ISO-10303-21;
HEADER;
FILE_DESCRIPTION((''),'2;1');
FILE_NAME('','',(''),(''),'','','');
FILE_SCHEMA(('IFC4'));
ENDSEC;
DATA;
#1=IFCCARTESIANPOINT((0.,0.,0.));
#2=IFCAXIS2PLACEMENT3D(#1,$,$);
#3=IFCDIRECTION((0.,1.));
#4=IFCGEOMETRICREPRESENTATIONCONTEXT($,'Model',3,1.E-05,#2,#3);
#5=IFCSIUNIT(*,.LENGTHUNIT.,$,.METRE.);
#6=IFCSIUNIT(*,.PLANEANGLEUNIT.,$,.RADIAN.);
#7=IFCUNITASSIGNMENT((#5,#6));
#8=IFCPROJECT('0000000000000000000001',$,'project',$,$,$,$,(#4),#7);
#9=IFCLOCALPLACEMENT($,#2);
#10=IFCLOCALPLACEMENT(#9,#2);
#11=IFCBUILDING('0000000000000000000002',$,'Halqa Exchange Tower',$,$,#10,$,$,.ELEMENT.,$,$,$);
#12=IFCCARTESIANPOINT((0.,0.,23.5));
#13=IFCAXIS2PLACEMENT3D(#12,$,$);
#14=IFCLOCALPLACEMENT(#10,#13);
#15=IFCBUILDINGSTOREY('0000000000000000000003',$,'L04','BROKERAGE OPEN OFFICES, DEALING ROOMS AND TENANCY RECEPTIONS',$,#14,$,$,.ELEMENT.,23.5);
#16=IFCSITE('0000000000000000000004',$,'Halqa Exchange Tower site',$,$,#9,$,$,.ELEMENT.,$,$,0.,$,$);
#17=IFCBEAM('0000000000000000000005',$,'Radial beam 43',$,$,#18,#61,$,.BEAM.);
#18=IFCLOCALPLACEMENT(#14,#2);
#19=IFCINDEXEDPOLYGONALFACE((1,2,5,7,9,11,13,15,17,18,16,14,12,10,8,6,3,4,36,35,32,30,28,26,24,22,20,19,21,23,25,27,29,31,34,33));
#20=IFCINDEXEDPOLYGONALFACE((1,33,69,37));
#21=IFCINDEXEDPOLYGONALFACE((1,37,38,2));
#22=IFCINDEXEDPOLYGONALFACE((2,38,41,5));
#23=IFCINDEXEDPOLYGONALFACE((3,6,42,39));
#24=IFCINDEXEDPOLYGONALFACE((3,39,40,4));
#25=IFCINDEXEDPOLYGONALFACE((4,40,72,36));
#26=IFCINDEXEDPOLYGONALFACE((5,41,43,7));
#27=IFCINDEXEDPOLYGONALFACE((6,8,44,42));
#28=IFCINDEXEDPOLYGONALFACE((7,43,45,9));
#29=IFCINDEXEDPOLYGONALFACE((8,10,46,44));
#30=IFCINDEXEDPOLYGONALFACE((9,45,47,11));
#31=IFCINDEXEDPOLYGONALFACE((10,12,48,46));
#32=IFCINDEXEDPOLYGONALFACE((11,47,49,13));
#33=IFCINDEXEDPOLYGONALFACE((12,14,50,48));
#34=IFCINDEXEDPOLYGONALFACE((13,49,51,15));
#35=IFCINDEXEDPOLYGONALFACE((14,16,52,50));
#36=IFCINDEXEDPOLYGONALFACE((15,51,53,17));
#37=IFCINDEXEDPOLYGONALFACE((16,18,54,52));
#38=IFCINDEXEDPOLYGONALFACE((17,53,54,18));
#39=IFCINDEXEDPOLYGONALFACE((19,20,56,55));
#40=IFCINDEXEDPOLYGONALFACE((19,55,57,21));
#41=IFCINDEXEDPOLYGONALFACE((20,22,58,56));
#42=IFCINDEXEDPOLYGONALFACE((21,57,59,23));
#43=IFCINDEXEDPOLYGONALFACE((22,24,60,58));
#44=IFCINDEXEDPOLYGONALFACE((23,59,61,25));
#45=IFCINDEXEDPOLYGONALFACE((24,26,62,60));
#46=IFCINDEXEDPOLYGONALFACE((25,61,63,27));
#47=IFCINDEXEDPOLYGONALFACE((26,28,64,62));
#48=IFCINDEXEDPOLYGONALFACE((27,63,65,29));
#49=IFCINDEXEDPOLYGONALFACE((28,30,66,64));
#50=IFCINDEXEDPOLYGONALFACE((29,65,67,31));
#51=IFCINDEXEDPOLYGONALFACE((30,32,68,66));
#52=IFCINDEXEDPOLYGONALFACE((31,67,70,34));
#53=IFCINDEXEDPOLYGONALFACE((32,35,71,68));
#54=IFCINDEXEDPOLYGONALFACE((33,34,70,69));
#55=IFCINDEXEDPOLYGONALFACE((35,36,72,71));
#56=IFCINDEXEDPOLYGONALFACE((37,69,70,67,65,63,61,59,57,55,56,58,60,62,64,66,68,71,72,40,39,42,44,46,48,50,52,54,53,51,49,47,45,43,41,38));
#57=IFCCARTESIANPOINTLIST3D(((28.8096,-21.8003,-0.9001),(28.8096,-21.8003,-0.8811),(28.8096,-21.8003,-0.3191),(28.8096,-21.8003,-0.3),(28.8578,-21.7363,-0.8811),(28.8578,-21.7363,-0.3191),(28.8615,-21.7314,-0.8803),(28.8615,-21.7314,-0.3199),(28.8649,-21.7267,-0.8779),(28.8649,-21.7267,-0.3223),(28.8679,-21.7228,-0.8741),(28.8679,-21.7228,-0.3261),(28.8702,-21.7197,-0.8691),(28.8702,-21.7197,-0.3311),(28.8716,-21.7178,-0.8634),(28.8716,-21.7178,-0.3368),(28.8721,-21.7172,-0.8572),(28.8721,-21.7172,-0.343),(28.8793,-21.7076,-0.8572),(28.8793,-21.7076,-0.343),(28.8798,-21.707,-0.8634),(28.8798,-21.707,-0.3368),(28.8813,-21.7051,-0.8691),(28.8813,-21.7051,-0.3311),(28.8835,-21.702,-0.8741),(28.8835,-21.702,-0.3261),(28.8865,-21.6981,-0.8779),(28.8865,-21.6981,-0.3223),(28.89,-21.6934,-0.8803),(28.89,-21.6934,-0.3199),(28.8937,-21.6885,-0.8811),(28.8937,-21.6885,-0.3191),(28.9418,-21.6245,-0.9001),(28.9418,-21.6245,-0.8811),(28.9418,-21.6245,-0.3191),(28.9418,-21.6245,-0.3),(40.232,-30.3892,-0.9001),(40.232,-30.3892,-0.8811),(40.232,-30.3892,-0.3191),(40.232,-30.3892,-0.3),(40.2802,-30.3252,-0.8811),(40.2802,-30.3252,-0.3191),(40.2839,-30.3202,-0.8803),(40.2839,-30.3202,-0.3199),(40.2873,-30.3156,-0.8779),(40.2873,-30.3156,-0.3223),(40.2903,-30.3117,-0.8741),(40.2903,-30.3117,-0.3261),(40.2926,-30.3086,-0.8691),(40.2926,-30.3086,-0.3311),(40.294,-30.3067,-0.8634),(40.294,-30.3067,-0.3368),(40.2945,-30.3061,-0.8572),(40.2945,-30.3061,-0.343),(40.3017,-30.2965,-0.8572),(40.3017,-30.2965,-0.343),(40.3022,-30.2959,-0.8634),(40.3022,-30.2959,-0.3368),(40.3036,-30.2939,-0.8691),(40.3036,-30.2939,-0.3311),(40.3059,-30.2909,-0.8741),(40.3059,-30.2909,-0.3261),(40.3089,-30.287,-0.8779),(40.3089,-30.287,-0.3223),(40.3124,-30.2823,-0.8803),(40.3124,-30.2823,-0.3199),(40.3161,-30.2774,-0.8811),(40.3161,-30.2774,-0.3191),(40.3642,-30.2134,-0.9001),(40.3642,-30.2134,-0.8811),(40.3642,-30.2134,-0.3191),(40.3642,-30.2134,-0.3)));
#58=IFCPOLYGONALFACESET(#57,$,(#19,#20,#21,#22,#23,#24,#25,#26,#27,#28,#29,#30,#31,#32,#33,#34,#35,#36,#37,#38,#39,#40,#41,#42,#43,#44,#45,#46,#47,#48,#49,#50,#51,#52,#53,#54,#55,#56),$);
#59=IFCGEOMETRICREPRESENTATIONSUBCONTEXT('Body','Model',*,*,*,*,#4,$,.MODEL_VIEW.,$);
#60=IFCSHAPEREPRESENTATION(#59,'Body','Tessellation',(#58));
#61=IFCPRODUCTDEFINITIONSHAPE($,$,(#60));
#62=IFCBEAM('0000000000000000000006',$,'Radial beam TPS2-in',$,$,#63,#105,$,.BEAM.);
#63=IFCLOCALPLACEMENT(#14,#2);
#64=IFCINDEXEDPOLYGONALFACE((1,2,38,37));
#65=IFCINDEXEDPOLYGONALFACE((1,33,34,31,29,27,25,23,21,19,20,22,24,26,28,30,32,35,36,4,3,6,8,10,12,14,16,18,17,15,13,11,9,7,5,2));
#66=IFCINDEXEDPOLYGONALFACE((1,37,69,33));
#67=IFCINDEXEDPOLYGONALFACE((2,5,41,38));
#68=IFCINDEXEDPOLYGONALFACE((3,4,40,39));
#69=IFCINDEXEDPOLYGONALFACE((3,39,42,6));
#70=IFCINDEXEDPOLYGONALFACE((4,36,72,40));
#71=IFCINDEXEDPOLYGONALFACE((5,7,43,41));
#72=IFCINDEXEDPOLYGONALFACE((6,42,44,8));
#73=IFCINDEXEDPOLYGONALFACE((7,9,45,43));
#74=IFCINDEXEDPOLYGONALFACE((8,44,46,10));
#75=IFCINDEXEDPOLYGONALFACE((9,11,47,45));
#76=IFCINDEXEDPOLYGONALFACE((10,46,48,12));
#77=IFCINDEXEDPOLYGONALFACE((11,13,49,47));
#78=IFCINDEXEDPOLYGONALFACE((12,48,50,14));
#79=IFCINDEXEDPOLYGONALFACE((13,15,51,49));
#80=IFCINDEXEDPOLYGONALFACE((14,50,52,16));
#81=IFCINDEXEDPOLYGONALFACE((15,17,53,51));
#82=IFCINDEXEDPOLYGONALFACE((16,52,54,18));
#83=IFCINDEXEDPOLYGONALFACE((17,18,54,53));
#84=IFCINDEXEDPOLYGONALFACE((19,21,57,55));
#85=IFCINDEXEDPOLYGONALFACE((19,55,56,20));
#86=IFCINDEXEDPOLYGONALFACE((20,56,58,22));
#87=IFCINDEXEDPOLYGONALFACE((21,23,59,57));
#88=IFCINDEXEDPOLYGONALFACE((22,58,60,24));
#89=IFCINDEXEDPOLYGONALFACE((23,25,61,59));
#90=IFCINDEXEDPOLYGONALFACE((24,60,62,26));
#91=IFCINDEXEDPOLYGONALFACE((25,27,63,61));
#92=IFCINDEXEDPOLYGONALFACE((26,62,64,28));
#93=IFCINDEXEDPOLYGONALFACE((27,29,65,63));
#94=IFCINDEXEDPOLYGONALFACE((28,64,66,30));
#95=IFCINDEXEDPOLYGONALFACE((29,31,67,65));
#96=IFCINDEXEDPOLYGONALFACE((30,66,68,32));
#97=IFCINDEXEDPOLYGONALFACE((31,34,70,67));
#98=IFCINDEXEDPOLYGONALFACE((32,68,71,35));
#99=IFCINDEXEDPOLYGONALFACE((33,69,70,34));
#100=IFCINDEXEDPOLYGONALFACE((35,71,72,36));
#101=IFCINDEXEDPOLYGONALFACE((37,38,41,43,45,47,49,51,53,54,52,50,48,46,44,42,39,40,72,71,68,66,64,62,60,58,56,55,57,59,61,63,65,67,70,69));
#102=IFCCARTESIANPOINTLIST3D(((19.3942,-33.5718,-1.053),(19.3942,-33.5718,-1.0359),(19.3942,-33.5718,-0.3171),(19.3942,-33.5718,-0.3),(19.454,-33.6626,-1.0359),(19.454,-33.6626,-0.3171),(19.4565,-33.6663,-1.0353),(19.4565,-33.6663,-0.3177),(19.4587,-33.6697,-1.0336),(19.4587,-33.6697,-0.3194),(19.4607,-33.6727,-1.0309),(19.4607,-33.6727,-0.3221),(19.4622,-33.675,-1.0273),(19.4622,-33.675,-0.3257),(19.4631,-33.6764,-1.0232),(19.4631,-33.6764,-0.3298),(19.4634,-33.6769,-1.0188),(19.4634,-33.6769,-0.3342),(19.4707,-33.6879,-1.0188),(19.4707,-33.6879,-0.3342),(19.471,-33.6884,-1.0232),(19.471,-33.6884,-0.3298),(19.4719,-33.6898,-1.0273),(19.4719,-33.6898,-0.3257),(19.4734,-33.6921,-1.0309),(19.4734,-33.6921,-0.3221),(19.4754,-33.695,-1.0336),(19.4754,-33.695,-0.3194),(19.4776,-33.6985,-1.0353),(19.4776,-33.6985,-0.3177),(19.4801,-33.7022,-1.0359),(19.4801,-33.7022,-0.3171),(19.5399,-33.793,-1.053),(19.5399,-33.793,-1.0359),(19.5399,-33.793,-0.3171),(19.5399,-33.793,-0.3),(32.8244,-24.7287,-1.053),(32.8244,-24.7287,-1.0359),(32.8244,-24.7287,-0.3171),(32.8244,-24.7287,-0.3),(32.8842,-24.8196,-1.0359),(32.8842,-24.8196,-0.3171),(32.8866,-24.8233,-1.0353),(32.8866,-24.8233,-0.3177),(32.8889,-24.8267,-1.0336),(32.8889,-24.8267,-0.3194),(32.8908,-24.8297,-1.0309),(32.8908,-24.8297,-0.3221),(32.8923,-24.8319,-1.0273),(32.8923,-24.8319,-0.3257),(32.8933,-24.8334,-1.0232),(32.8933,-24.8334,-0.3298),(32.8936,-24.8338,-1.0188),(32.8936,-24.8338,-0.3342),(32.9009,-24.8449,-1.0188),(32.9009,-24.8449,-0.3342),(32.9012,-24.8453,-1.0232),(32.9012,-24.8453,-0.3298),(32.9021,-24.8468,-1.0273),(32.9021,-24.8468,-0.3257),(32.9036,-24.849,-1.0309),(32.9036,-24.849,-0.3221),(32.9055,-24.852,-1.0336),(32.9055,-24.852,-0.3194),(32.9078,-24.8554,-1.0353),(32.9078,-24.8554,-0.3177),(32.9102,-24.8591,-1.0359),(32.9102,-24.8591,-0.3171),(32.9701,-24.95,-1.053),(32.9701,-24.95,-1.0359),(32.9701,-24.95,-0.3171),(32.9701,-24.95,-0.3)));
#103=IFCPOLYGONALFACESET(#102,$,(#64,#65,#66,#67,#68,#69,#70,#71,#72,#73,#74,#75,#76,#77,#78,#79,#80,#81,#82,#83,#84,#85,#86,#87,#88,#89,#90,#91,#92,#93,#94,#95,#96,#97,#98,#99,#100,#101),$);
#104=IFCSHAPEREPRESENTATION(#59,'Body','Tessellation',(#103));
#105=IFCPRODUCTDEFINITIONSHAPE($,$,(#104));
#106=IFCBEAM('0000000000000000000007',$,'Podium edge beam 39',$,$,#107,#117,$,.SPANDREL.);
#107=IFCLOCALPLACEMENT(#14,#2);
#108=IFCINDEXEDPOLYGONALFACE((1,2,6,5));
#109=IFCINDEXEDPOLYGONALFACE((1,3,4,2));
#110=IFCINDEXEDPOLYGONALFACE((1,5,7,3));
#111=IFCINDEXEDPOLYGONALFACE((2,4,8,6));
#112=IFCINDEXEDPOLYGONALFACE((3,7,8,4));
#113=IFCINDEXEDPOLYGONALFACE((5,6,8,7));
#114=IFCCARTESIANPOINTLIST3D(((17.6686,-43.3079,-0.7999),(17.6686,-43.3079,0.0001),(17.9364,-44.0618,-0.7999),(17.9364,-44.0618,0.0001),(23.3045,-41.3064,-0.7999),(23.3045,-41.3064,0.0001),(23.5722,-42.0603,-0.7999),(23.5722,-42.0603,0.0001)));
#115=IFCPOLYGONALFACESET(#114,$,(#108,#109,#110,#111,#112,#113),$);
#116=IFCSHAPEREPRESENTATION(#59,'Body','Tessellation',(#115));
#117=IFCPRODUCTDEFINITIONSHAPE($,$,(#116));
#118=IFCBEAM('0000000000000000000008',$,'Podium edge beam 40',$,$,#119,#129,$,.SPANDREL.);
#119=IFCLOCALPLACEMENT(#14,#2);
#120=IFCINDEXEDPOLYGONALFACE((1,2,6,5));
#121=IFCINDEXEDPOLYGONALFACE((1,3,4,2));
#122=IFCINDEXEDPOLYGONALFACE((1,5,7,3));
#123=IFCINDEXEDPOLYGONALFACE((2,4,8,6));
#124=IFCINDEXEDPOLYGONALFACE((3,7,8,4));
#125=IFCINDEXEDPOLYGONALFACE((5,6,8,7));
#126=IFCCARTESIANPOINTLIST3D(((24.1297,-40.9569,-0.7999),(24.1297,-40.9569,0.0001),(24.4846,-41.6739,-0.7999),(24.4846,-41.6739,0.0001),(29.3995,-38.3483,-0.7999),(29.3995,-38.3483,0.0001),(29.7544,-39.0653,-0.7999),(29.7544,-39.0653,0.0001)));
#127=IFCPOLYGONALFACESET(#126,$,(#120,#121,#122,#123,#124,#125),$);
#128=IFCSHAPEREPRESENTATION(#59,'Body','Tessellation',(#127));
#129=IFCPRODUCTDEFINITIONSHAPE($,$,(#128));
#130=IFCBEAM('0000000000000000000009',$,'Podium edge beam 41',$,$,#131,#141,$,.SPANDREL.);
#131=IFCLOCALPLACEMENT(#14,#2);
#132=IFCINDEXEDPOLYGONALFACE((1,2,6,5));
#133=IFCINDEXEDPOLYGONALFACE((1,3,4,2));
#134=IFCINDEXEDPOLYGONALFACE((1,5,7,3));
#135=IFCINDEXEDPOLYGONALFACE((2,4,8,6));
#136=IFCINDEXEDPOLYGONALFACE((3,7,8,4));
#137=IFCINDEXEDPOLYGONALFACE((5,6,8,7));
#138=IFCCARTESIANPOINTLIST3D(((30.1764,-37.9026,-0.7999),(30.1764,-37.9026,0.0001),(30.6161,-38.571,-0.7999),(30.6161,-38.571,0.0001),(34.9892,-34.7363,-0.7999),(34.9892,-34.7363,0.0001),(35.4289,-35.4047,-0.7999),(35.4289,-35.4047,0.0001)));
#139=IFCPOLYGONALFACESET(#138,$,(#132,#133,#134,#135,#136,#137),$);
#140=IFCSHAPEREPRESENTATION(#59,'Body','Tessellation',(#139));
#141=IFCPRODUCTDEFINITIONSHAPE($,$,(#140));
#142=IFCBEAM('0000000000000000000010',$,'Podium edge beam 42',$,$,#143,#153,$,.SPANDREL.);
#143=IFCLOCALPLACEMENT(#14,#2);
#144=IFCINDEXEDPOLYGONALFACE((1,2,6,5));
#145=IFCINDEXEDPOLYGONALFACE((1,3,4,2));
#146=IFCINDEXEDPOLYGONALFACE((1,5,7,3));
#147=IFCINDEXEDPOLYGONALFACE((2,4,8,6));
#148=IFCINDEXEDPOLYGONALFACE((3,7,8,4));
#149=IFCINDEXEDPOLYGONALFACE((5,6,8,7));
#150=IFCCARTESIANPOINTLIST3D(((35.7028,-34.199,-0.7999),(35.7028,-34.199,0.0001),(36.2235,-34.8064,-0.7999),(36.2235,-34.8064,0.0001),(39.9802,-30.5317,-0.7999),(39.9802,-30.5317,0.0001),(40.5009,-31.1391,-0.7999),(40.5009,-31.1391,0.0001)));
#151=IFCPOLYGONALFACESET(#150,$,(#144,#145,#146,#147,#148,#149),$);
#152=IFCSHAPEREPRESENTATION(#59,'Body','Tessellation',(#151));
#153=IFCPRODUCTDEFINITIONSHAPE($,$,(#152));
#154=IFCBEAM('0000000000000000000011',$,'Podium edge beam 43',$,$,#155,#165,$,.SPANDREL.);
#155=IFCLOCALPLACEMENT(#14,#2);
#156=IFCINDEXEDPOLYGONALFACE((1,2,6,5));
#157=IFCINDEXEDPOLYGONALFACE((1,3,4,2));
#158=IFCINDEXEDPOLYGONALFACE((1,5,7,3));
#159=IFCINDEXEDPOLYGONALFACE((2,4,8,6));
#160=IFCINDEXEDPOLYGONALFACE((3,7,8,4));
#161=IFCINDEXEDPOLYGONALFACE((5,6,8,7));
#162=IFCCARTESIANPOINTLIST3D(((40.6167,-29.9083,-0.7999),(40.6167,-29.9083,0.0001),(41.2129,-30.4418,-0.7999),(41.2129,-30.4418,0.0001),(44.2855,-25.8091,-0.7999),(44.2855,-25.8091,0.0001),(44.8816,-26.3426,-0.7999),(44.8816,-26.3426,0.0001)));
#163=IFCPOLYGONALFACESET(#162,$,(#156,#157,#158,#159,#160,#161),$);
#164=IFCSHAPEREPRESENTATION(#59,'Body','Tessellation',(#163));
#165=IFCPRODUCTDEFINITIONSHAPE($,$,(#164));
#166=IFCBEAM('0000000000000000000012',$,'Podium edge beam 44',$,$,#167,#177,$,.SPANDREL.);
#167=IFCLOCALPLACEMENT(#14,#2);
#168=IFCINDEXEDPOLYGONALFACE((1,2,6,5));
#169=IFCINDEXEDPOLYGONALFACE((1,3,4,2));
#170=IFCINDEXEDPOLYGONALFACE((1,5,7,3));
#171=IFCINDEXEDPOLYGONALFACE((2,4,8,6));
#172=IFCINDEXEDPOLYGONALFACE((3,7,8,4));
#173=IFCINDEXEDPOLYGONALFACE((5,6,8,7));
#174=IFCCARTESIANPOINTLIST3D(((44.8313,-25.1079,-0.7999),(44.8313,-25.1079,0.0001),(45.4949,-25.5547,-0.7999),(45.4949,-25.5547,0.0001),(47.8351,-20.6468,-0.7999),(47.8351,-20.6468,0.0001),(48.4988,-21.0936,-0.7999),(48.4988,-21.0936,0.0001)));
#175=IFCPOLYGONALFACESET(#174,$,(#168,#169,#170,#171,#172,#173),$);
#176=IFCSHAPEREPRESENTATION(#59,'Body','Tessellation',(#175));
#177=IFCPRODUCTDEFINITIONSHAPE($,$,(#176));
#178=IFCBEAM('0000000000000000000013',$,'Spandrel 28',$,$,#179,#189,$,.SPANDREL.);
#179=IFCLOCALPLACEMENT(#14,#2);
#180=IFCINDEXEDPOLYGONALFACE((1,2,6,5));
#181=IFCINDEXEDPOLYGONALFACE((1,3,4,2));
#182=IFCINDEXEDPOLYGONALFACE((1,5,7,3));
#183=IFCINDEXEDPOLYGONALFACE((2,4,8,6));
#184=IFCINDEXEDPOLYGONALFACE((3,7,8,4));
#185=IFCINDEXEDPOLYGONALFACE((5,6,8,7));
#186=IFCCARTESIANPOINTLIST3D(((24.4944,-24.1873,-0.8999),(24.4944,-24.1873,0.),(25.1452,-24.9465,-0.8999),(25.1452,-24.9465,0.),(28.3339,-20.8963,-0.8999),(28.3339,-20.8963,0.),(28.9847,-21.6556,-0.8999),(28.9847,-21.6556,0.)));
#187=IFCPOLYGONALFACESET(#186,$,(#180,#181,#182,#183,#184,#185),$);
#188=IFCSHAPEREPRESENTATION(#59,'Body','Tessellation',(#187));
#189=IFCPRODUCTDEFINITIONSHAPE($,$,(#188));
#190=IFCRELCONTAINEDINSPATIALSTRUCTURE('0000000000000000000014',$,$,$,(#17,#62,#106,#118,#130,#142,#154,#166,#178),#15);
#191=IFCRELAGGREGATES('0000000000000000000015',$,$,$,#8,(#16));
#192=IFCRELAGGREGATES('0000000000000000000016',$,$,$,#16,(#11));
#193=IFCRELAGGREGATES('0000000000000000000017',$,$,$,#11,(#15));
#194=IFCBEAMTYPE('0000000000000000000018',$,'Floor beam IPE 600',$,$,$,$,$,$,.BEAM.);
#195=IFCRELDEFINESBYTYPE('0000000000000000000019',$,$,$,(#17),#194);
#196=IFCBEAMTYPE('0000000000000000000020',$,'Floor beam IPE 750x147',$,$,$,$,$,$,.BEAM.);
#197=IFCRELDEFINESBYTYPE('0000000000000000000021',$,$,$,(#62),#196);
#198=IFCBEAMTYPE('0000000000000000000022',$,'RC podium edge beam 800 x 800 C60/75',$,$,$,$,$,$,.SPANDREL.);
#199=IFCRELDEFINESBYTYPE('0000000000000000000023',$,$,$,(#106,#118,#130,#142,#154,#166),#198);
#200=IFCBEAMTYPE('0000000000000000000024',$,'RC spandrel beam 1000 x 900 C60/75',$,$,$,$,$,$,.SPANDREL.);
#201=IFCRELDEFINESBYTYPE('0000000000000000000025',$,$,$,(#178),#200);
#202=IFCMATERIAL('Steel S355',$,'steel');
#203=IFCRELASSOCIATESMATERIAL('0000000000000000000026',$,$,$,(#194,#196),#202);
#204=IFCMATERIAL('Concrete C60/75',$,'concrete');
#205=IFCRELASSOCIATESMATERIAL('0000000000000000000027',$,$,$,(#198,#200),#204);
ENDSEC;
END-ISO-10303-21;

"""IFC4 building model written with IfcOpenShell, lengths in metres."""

from ifc_helpers import new_model, si_unit, direction, frame, origin, origin_2d, place, context, subcontext, project, spatial, rectangle, i_section, extrude, material, material_profile, profile_set, type_object, element, save


model = new_model("IFC4")

# Units and contexts
model_context = context("Model", 3, precision=1e-05, world=origin(), true_north=direction((0.0, 1.0)))
body_context = subcontext(model_context, "Body", "Model", "MODEL_VIEW")
ifc_project = project(units=[si_unit("LENGTHUNIT", "METRE"), si_unit("PLANEANGLEUNIT", "RADIAN")], contexts=[model_context])

# Site, building, storey
site_placement = place(None, origin())
site = spatial("IfcSite", under=ifc_project, at=site_placement, Name="Halqa Exchange Tower site", CompositionType="ELEMENT", RefElevation=0.0)
building_placement = place(site_placement, origin())
building = spatial("IfcBuilding", under=site, at=building_placement, Name="Halqa Exchange Tower", CompositionType="ELEMENT")
storey_placement = place(building_placement, frame((0.0, 0.0, 23.5)))
storey = spatial("IfcBuildingStorey", under=building, at=storey_placement, Name="L04", Description="BROKERAGE OPEN OFFICES, DEALING ROOMS AND TENANCY RECEPTIONS", CompositionType="ELEMENT", Elevation=23.5)

# Beams
ifc_material_1 = material(Name="Steel S355", Category="steel")
ifc_material_profile_1 = material_profile(ifc_material_1, i_section(OverallWidth=0.22, OverallDepth=0.6001, WebThickness=0.012, FlangeThickness=0.019, FilletRadius=0.0239, at=origin_2d()), Name="IPE 600")
ifc_profile_set_1 = profile_set([ifc_material_profile_1], Name="Steel S355")
beam_type_1 = type_object("IfcBeamType", Name="Floor beam IPE 600", PredefinedType="BEAM", material=ifc_profile_set_1)
beam_1_placement = place(storey_placement, frame((28.8757, -21.7124, -0.6001), z_axis=(0.799257, -0.600989, 0.0), x_axis=(0.600989, 0.799257, 0.0)))
element("IfcBeam", 1, at=beam_1_placement, inside=storey, type_object=beam_type_1, Name="Radial beam 43", PredefinedType="BEAM", context=body_context, shape_type="SweptSolid", body=[
    extrude(i_section(OverallWidth=0.22, OverallDepth=0.6001, WebThickness=0.012, FlangeThickness=0.019, FilletRadius=0.0239, at=origin_2d()), origin(), (0.0, 0.0, 1.0), 14.2913),
])
ifc_material_profile_2 = material_profile(ifc_material_1, i_section(OverallWidth=0.2649, OverallDepth=0.7529, WebThickness=0.0132, FlangeThickness=0.0171, FilletRadius=0.0171, at=origin_2d()), Name="IPE 750x147")
ifc_profile_set_2 = profile_set([ifc_material_profile_2], Name="Steel S355")
beam_type_2 = type_object("IfcBeamType", Name="Floor beam IPE 750x147", PredefinedType="BEAM", material=ifc_profile_set_2)
beam_2_placement = place(storey_placement, frame((19.467, -33.6824, -0.6765), z_axis=(0.835206, 0.549937, 0.0), x_axis=(-0.549937, 0.835206, 0.0)))
element("IfcBeam", 2, at=beam_2_placement, inside=storey, type_object=beam_type_2, Name="Radial beam TPS2-in", PredefinedType="BEAM", context=body_context, shape_type="SweptSolid", body=[
    extrude(i_section(OverallWidth=0.2649, OverallDepth=0.7529, WebThickness=0.0132, FlangeThickness=0.0171, FilletRadius=0.0171, at=origin_2d()), origin(), (0.0, 0.0, 1.0), 16.0801),
])
ifc_material_2 = material(Name="Concrete C60/75", Category="concrete")
ifc_material_profile_3 = material_profile(ifc_material_2, rectangle(XDim=0.8, YDim=0.8, at=origin_2d()), Name="800 x 800")
ifc_profile_set_3 = profile_set([ifc_material_profile_3], Name="Concrete C60/75")
beam_type_3 = type_object("IfcBeamType", Name="RC podium edge beam 800 x 800 C60/75", PredefinedType="SPANDREL", material=ifc_profile_set_3)
beam_3_placement = place(storey_placement, frame((17.8025, -43.6848, -0.3999), z_axis=(0.942343, 0.334647, 0.0), x_axis=(-0.334647, 0.942343, 0.0)))
element("IfcBeam", 3, at=beam_3_placement, inside=storey, type_object=beam_type_3, Name="Podium edge beam 39", PredefinedType="SPANDREL", context=body_context, shape_type="SweptSolid", body=[
    extrude(rectangle(XDim=0.8, YDim=0.8, at=origin_2d()), origin(), (0.0, 0.0, 1.0), 5.9807),
])
beam_4_placement = place(storey_placement, frame((24.3071, -41.3154, -0.3999), z_axis=(0.896205, 0.443639, 0.0), x_axis=(-0.443639, 0.896205, 0.0)))
element("IfcBeam", 4, at=beam_4_placement, inside=storey, type_object=beam_type_3, Name="Podium edge beam 40", PredefinedType="SPANDREL", context=body_context, shape_type="SweptSolid", body=[
    extrude(rectangle(XDim=0.8, YDim=0.8, at=origin_2d()), origin(), (0.0, 0.0, 1.0), 5.8801),
])
beam_5_placement = place(storey_placement, frame((30.3962, -38.2368, -0.3999), z_axis=(0.835419, 0.549614, 0.0), x_axis=(-0.549614, 0.835419, 0.0)))
element("IfcBeam", 5, at=beam_5_placement, inside=storey, type_object=beam_type_3, Name="Podium edge beam 41", PredefinedType="SPANDREL", context=body_context, shape_type="SweptSolid", body=[
    extrude(rectangle(XDim=0.8, YDim=0.8, at=origin_2d()), origin(), (0.0, 0.0, 1.0), 5.761),
])
beam_6_placement = place(storey_placement, frame((35.9631, -34.5027, -0.3999), z_axis=(0.759174, 0.650888, 0.0), x_axis=(-0.650888, 0.759174, 0.0)))
element("IfcBeam", 6, at=beam_6_placement, inside=storey, type_object=beam_type_3, Name="Podium edge beam 42", PredefinedType="SPANDREL", context=body_context, shape_type="SweptSolid", body=[
    extrude(rectangle(XDim=0.8, YDim=0.8, at=origin_2d()), origin(), (0.0, 0.0, 1.0), 5.6343),
])
beam_7_placement = place(storey_placement, frame((40.9148, -30.175, -0.3999), z_axis=(0.666903, 0.745145, 0.0), x_axis=(-0.745145, 0.666903, 0.0)))
element("IfcBeam", 7, at=beam_7_placement, inside=storey, type_object=beam_type_3, Name="Podium edge beam 43", PredefinedType="SPANDREL", context=body_context, shape_type="SweptSolid", body=[
    extrude(rectangle(XDim=0.8, YDim=0.8, at=origin_2d()), origin(), (0.0, 0.0, 1.0), 5.5012),
])
beam_8_placement = place(storey_placement, frame((45.1631, -25.3313, -0.3999), z_axis=(0.558528, 0.829485, 0.0), x_axis=(-0.829485, 0.558528, 0.0)))
element("IfcBeam", 8, at=beam_8_placement, inside=storey, type_object=beam_type_3, Name="Podium edge beam 44", PredefinedType="SPANDREL", context=body_context, shape_type="SweptSolid", body=[
    extrude(rectangle(XDim=0.8, YDim=0.8, at=origin_2d()), origin(), (0.0, 0.0, 1.0), 5.3782),
])
ifc_material_profile_4 = material_profile(ifc_material_2, rectangle(XDim=1.0, YDim=0.8999, at=origin_2d()), Name="1000 x 900")
ifc_profile_set_4 = profile_set([ifc_material_profile_4], Name="Concrete C60/75")
beam_type_4 = type_object("IfcBeamType", Name="RC spandrel beam 1000 x 900 C60/75", PredefinedType="SPANDREL", material=ifc_profile_set_4)
beam_9_placement = place(storey_placement, frame((24.8198, -24.5669, -0.45), z_axis=(0.759263, 0.650783, 0.0), x_axis=(-0.650783, 0.759263, 0.0)))
element("IfcBeam", 9, at=beam_9_placement, inside=storey, type_object=beam_type_4, Name="Spandrel 28", PredefinedType="SPANDREL", context=body_context, shape_type="SweptSolid", body=[
    extrude(rectangle(XDim=1.0, YDim=0.8999, at=origin_2d()), origin(), (0.0, 0.0, 1.0), 5.0569),
])

save(model, "model.ifc")
